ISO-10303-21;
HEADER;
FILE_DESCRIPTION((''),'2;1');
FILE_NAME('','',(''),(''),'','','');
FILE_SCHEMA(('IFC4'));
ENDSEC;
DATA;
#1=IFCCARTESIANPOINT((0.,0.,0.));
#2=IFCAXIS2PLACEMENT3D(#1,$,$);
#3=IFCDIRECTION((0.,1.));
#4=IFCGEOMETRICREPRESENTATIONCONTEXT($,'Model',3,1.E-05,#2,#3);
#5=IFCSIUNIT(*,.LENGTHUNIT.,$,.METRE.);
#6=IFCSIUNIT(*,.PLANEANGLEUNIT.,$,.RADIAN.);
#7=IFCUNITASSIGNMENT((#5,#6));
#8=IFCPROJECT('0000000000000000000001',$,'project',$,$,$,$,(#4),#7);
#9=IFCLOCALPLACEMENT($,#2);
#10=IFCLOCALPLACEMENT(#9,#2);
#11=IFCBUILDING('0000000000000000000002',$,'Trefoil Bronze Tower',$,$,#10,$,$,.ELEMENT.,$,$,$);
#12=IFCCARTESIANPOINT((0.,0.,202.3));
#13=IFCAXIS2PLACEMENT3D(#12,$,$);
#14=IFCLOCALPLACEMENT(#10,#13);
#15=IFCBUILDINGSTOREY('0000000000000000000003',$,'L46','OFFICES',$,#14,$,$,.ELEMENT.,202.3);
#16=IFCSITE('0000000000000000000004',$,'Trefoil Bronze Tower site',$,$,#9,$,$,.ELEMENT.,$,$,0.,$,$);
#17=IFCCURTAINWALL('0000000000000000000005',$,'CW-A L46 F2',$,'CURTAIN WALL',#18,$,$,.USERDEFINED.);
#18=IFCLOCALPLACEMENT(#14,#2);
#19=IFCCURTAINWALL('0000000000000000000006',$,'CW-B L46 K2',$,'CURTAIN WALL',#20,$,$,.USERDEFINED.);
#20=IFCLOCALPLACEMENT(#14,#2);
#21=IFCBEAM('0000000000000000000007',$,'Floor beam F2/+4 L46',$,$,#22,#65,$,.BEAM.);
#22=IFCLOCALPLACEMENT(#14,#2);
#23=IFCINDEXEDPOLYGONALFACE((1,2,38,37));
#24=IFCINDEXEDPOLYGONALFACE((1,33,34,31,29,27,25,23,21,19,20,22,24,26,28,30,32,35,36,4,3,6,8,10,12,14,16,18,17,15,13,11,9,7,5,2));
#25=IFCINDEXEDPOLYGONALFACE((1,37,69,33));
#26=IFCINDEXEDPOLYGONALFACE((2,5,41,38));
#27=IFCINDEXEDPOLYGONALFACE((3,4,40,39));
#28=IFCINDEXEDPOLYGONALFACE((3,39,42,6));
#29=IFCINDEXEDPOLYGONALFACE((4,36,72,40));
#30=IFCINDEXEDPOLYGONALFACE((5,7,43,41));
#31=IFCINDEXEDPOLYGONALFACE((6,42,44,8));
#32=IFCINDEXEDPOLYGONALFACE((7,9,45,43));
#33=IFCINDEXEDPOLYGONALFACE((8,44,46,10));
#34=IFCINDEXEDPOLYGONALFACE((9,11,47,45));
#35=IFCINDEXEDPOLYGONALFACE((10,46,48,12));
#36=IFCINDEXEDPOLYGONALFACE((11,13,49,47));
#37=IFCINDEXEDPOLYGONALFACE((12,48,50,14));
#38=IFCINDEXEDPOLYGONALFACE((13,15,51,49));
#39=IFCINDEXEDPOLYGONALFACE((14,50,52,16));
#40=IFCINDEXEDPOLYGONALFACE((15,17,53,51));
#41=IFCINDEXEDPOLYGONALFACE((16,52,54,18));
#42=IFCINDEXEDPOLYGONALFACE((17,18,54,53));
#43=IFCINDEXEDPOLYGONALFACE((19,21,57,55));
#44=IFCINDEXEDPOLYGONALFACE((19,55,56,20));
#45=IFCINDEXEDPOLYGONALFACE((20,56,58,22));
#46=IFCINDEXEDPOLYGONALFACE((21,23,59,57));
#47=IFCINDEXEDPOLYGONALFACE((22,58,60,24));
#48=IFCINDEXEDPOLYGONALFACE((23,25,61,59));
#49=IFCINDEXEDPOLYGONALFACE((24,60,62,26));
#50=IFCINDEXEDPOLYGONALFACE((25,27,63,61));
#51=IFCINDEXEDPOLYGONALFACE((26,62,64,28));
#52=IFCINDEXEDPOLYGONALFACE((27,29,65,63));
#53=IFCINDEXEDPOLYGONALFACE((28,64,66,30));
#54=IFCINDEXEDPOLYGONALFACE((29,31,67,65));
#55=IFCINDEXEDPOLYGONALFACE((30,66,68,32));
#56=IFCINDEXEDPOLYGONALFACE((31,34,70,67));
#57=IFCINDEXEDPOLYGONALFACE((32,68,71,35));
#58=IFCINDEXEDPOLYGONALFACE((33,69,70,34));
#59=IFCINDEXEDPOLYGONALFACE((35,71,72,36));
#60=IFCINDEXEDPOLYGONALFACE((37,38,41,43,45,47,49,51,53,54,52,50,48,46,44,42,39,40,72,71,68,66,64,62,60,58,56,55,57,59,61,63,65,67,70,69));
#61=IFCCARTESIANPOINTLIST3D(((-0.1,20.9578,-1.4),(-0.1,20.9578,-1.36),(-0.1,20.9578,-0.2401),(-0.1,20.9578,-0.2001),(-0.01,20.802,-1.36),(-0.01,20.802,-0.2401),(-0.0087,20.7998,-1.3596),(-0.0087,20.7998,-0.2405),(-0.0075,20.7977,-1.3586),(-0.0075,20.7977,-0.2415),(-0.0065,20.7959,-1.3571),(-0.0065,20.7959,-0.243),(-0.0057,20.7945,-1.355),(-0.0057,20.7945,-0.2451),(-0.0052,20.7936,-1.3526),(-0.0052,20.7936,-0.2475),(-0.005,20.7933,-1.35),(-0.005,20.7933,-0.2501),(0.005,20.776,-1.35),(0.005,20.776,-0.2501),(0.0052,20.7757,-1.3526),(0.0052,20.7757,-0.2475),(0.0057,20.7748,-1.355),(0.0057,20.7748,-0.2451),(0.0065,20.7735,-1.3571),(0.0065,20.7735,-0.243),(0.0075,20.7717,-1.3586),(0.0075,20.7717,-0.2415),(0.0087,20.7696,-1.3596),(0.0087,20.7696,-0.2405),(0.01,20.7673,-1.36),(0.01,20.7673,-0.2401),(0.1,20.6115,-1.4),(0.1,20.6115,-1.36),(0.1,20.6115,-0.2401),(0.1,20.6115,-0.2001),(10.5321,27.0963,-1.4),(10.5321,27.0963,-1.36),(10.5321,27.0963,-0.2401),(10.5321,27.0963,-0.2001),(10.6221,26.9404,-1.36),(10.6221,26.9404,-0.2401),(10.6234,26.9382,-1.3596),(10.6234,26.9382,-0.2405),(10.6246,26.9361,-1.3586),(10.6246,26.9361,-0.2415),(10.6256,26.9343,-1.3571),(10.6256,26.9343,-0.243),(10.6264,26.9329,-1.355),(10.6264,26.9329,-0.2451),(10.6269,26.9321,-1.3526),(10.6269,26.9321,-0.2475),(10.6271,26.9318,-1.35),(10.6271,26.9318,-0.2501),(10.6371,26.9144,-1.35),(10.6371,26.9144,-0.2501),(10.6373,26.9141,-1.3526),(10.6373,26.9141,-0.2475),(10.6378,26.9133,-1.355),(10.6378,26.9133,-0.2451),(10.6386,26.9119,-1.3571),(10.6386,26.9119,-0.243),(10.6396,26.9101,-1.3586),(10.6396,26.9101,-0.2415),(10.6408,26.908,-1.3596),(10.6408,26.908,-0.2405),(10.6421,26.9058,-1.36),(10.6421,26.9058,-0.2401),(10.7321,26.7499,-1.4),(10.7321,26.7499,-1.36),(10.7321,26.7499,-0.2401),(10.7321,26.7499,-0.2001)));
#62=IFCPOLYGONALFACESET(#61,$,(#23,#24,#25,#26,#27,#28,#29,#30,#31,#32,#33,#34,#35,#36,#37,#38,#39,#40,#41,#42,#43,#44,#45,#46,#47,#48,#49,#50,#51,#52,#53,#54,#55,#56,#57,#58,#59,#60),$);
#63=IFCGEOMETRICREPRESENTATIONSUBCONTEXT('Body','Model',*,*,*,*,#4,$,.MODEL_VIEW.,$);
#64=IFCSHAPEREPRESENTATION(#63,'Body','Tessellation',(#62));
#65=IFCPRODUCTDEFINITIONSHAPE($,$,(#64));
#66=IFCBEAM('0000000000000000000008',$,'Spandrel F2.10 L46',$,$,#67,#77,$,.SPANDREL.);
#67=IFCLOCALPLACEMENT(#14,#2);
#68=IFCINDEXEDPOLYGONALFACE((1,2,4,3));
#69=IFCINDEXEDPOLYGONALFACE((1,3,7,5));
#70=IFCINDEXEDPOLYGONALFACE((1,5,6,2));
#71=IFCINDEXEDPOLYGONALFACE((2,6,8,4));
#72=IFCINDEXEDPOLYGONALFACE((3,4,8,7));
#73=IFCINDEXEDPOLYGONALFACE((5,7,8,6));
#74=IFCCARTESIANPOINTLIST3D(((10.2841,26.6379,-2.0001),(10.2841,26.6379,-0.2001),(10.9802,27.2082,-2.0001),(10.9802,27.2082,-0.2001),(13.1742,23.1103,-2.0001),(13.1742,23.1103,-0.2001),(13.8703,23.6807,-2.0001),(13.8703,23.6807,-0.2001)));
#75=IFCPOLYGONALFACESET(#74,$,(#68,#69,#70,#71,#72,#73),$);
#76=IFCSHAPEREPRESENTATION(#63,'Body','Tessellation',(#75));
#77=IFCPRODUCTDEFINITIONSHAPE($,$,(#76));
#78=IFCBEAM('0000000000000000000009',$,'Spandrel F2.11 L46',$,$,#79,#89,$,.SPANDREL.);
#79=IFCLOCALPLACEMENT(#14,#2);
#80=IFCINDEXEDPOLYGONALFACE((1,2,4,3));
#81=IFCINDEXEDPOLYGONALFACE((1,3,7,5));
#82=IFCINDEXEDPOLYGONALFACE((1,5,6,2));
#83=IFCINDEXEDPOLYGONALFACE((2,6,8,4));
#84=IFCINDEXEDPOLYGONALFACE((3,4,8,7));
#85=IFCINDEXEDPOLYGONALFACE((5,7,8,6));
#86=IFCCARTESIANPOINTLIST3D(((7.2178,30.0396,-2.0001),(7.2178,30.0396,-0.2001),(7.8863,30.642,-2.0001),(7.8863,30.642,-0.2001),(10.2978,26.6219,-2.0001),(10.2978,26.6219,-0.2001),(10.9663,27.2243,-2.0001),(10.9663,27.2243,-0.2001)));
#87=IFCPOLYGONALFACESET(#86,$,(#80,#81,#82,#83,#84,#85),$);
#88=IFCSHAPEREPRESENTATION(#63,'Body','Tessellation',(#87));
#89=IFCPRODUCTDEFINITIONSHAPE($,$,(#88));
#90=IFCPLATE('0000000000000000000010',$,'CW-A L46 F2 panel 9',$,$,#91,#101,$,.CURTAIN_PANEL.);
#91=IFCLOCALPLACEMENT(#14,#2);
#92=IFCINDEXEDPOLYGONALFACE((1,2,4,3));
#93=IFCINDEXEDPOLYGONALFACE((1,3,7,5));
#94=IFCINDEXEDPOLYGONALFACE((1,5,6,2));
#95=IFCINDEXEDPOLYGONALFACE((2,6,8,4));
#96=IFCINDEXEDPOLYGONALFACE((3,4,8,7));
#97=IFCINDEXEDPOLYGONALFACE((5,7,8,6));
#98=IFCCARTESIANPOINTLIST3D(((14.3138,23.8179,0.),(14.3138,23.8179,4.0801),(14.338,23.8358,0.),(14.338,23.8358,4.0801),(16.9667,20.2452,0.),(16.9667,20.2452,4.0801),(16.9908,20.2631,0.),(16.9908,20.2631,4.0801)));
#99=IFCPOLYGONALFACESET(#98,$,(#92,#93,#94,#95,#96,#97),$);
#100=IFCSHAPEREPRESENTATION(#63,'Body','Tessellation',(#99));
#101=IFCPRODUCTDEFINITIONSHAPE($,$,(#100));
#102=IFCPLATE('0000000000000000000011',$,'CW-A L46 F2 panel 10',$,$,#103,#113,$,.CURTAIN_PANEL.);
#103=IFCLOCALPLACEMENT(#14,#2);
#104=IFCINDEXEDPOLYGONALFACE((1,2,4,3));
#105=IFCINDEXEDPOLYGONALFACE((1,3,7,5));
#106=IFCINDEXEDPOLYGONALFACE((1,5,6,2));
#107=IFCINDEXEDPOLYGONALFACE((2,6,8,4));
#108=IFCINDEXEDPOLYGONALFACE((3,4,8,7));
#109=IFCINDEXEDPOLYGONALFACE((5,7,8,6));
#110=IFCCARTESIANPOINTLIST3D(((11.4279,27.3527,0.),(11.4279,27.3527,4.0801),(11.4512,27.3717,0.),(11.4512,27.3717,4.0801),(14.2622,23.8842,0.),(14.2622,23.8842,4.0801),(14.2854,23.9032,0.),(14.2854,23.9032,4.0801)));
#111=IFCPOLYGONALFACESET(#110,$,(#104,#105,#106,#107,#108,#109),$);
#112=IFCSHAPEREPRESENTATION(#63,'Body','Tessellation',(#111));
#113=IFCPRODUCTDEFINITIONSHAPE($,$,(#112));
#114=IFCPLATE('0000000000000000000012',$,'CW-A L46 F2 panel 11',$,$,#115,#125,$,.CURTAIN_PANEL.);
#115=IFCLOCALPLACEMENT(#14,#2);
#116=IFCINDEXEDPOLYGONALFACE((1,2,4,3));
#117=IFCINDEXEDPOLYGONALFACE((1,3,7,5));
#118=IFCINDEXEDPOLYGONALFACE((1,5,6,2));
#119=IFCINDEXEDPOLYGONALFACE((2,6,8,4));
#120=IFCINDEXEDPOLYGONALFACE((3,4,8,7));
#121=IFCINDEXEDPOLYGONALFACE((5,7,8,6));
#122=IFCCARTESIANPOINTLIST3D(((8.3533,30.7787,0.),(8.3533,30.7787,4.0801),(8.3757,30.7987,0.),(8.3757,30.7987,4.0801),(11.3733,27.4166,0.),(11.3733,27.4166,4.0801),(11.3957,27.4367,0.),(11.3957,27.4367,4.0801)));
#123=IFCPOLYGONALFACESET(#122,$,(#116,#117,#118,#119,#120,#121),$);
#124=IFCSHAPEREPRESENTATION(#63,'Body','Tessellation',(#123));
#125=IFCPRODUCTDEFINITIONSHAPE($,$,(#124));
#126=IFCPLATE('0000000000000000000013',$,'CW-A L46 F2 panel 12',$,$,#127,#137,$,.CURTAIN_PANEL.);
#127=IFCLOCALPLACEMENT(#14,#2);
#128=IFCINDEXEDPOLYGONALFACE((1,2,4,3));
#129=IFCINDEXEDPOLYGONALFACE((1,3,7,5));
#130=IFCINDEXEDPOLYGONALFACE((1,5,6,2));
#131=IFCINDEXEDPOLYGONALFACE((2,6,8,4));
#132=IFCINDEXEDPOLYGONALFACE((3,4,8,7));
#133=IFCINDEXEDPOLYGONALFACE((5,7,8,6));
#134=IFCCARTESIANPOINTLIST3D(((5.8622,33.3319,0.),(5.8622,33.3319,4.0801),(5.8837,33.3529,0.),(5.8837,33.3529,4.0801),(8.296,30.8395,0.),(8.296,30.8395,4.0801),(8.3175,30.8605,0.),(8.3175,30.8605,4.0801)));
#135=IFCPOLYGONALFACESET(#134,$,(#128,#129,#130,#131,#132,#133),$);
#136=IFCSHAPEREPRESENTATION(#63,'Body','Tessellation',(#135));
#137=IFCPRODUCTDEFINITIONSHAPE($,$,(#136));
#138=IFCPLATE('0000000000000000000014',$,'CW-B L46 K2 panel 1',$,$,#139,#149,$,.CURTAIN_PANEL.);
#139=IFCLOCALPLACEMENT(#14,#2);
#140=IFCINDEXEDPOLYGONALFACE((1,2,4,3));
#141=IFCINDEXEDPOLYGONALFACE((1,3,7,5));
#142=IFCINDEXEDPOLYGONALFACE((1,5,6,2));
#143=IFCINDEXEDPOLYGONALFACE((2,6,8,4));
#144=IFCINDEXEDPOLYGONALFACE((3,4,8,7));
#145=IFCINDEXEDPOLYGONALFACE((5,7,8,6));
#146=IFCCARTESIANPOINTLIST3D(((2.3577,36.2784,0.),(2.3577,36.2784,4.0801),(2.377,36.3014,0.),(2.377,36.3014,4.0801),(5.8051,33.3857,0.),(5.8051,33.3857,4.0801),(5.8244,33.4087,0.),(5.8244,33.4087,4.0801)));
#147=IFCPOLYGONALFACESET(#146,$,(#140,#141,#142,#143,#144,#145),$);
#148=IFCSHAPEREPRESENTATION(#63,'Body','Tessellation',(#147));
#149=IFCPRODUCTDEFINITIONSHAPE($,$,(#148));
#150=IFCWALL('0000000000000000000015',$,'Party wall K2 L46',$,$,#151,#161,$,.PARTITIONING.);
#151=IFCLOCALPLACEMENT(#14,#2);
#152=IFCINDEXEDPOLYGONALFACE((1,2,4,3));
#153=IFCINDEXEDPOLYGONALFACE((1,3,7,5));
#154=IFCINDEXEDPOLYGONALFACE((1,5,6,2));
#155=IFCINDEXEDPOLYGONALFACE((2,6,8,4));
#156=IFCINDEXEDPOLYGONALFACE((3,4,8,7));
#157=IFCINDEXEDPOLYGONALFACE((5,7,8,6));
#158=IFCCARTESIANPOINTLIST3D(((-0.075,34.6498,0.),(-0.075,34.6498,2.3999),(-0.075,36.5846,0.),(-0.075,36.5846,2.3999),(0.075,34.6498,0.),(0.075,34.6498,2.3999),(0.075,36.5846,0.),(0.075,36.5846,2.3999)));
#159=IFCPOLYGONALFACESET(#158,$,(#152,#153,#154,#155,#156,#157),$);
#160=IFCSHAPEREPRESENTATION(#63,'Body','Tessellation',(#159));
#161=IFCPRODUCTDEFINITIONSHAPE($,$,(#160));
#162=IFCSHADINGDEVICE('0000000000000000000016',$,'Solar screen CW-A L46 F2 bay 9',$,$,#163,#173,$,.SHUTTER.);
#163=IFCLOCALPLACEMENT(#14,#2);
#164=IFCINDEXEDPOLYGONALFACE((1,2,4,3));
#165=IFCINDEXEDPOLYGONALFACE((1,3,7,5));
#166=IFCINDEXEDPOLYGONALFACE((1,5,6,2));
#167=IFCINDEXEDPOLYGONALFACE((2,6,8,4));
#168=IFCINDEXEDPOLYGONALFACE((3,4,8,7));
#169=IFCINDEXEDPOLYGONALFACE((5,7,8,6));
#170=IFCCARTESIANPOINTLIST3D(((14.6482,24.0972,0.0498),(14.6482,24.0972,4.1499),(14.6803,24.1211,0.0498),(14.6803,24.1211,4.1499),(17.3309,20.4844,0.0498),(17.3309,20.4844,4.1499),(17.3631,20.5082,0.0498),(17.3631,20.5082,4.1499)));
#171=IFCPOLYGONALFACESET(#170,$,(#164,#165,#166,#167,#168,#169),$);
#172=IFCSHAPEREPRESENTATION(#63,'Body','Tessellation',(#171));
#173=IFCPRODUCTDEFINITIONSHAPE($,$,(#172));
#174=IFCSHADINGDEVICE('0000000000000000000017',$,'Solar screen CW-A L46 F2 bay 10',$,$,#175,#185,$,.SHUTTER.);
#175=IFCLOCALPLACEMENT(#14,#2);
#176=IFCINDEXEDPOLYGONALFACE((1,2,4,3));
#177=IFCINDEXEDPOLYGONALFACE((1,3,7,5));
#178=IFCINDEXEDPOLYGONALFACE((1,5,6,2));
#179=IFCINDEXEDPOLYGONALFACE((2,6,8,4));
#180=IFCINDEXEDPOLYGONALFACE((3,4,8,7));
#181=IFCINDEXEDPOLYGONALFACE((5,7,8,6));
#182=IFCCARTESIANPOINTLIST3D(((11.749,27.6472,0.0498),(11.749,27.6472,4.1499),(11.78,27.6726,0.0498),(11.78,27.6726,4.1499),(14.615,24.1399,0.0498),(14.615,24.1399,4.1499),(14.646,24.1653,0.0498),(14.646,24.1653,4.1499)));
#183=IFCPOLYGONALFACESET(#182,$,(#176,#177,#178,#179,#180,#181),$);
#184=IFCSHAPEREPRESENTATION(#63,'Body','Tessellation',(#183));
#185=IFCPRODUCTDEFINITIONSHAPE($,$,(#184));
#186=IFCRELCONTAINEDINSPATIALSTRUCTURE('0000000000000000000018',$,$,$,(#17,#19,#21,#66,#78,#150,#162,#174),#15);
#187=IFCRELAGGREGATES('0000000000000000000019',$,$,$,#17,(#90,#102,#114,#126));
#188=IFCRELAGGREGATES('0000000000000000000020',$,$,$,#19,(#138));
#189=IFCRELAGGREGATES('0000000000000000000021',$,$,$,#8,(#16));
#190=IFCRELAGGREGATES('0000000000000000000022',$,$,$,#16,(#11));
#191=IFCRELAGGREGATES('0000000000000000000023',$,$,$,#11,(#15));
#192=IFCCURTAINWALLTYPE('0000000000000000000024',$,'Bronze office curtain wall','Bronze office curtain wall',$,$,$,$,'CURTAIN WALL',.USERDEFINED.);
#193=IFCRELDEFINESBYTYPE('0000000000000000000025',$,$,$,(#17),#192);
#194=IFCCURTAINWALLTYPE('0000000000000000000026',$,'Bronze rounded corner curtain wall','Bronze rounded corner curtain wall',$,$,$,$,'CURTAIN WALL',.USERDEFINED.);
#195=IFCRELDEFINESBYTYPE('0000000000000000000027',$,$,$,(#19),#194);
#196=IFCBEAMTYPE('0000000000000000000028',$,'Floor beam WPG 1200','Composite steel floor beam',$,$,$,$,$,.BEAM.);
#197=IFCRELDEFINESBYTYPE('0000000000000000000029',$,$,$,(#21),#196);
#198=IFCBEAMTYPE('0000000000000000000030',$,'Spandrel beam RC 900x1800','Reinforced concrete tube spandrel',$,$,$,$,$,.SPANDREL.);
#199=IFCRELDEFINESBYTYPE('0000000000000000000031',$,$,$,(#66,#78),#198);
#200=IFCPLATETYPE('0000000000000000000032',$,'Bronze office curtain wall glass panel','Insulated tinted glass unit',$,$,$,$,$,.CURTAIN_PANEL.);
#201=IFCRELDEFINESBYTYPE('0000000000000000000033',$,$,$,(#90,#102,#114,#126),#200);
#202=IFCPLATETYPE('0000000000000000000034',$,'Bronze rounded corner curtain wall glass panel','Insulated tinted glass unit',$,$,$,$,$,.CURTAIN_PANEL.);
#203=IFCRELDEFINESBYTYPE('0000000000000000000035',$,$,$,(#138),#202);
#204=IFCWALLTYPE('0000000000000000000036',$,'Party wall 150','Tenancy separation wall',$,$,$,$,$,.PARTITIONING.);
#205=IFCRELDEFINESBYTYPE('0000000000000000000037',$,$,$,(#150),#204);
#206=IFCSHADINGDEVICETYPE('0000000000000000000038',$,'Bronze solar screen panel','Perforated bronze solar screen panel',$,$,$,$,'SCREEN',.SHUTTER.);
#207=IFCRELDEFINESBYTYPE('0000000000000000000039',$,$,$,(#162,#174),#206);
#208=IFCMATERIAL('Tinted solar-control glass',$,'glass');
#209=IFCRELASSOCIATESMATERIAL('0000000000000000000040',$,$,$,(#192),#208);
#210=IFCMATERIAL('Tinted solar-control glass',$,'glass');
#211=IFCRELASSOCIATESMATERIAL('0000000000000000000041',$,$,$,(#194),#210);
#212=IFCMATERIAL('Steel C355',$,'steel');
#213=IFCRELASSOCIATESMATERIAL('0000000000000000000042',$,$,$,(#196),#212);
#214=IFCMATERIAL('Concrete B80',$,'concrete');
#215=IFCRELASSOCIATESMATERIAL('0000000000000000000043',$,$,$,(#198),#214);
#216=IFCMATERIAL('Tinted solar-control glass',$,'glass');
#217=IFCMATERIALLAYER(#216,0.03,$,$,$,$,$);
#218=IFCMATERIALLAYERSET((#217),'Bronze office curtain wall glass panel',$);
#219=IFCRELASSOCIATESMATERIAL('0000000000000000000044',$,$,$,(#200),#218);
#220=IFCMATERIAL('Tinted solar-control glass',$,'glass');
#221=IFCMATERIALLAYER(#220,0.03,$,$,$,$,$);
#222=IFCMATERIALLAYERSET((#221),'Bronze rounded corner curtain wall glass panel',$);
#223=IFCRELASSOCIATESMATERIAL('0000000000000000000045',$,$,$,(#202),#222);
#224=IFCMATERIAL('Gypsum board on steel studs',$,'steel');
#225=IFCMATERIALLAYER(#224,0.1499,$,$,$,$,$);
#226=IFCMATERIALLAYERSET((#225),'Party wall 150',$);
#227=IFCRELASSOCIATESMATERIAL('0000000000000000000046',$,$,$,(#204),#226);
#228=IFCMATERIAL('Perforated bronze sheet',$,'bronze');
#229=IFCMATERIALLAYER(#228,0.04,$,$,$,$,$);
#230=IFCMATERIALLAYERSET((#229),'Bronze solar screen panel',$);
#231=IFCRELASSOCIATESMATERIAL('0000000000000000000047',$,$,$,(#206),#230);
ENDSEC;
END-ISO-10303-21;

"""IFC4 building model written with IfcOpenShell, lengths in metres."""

from ifc_helpers import new_model, si_unit, direction, frame, frame_2d, origin, origin_2d, place, context, subcontext, project, spatial, rectangle, i_section, extrude, material, layer, layer_set, material_profile, profile_set, type_object, element, aggregate, save


model = new_model("IFC4")

# Units and contexts
model_context = context("Model", 3, precision=1e-05, world=origin(), true_north=direction((0.0, 1.0)))
body_context = subcontext(model_context, "Body", "Model", "MODEL_VIEW")
ifc_project = project(units=[si_unit("LENGTHUNIT", "METRE"), si_unit("PLANEANGLEUNIT", "RADIAN")], contexts=[model_context])

# Site, building, storey
site_placement = place(None, origin())
site = spatial("IfcSite", under=ifc_project, at=site_placement, Name="Trefoil Bronze Tower site", CompositionType="ELEMENT", RefElevation=0.0)
building_placement = place(site_placement, origin())
building = spatial("IfcBuilding", under=site, at=building_placement, Name="Trefoil Bronze Tower", CompositionType="ELEMENT")
storey_placement = place(building_placement, frame((0.0, 0.0, 202.3)))
storey = spatial("IfcBuildingStorey", under=building, at=storey_placement, Name="L46", Description="OFFICES", CompositionType="ELEMENT", Elevation=202.3)

# Curtain walls
ifc_material_1 = material(Name="Tinted solar-control glass", Category="glass")
curtain_wall_type_1 = type_object("IfcCurtainWallType", Name="Bronze office curtain wall", Description="Bronze office curtain wall", ElementType="CURTAIN WALL", PredefinedType="USERDEFINED", material=ifc_material_1)
curtain_wall_1_placement = place(storey_placement, origin())
curtain_wall_1 = element("IfcCurtainWall", 1, at=curtain_wall_1_placement, inside=storey, type_object=curtain_wall_type_1, Name="CW-A L46 F2", ObjectType="CURTAIN WALL", PredefinedType="USERDEFINED")
ifc_material_2 = material(Name="Tinted solar-control glass", Category="glass")
curtain_wall_type_2 = type_object("IfcCurtainWallType", Name="Bronze rounded corner curtain wall", Description="Bronze rounded corner curtain wall", ElementType="CURTAIN WALL", PredefinedType="USERDEFINED", material=ifc_material_2)
curtain_wall_2_placement = place(storey_placement, origin())
curtain_wall_2 = element("IfcCurtainWall", 2, at=curtain_wall_2_placement, inside=storey, type_object=curtain_wall_type_2, Name="CW-B L46 K2", ObjectType="CURTAIN WALL", PredefinedType="USERDEFINED")

# Beams
ifc_material_3 = material(Name="Steel C355", Category="steel")
ifc_material_profile_1 = material_profile(ifc_material_3, i_section(OverallWidth=0.3999, OverallDepth=1.2, WebThickness=0.02, FlangeThickness=0.04, FilletRadius=0.01, at=origin_2d()), Name="WPG 1200")
ifc_profile_set_1 = profile_set([ifc_material_profile_1], Name="Steel C355")
beam_type_1 = type_object("IfcBeamType", Name="Floor beam WPG 1200", Description="Composite steel floor beam", PredefinedType="BEAM", material=ifc_profile_set_1)
beam_1_placement = place(storey_placement, frame((10.6321, 26.9231, -0.8), z_axis=(-0.866026, -0.5, 0.0), x_axis=(0.5, -0.866026, 0.0)))
element("IfcBeam", 3, at=beam_1_placement, inside=storey, type_object=beam_type_1, Name="Floor beam F2/+4 L46", PredefinedType="BEAM", context=body_context, shape_type="SweptSolid", body=[
    extrude(i_section(OverallWidth=0.3999, OverallDepth=1.2, WebThickness=0.02, FlangeThickness=0.04, FilletRadius=0.01, at=origin_2d()), origin(), (0.0, 0.0, 1.0), 12.2769),
])
ifc_material_4 = material(Name="Concrete B80", Category="concrete")
ifc_material_profile_2 = material_profile(ifc_material_4, rectangle(XDim=0.8999, YDim=1.8, at=origin_2d()), Name="RC 900x1800")
ifc_profile_set_2 = profile_set([ifc_material_profile_2], Name="Concrete B80")
beam_type_2 = type_object("IfcBeamType", Name="Spandrel beam RC 900x1800", Description="Reinforced concrete tube spandrel", PredefinedType="SPANDREL", material=ifc_profile_set_2)
beam_2_placement = place(storey_placement, frame((13.5222, 23.3955, -1.1001), z_axis=(-0.633754, 0.773535, 0.0), x_axis=(-0.773535, -0.633754, 0.0)))
element("IfcBeam", 4, at=beam_2_placement, inside=storey, type_object=beam_type_2, Name="Spandrel F2.10 L46", PredefinedType="SPANDREL", context=body_context, shape_type="SweptSolid", body=[
    extrude(rectangle(XDim=0.8999, YDim=1.8, at=origin_2d()), origin(), (0.0, 0.0, 1.0), 4.5603),
])
beam_3_placement = place(storey_placement, frame((10.6321, 26.9231, -1.1001), z_axis=(-0.66946, 0.742848, 0.0), x_axis=(-0.742848, -0.66946, 0.0)))
element("IfcBeam", 5, at=beam_3_placement, inside=storey, type_object=beam_type_2, Name="Spandrel F2.11 L46", PredefinedType="SPANDREL", context=body_context, shape_type="SweptSolid", body=[
    extrude(rectangle(XDim=0.8999, YDim=1.8, at=origin_2d()), origin(), (0.0, 0.0, 1.0), 4.6008),
])

# Plates
ifc_material_5 = material(Name="Tinted solar-control glass", Category="glass")
ifc_layer_1 = layer(ifc_material_5, 0.03)
ifc_layer_set_1 = layer_set([ifc_layer_1], Name="Bronze office curtain wall glass panel")
plate_type_1 = type_object("IfcPlateType", Name="Bronze office curtain wall glass panel", Description="Insulated tinted glass unit", PredefinedType="CURTAIN_PANEL", material=ifc_layer_set_1)
plate_1_placement = place(storey_placement, frame((15.6523, 22.0405, 0.0), z_axis=(0.0, 0.0, 1.0), x_axis=(-0.596162, 0.802865, 0.0)))
plate_1 = element("IfcPlate", 6, at=plate_1_placement, type_object=plate_type_1, Name="CW-A L46 F2 panel 9", PredefinedType="CURTAIN_PANEL", context=body_context, shape_type="SweptSolid", body=[
    extrude(rectangle(XDim=4.45, YDim=0.03, at=origin_2d()), origin(), (0.0, 0.0, 1.0), 4.0801),
])
plate_2_placement = place(storey_placement, frame((12.8567, 25.6279, 0.0), z_axis=(0.0, 0.0, 1.0), x_axis=(-0.632753, 0.774354, 0.0)))
plate_2 = element("IfcPlate", 7, at=plate_2_placement, type_object=plate_type_1, Name="CW-A L46 F2 panel 10", PredefinedType="CURTAIN_PANEL", context=body_context, shape_type="SweptSolid", body=[
    extrude(rectangle(XDim=4.4792, YDim=0.03, at=origin_2d()), origin(), (0.0, 0.0, 1.0), 4.0801),
])
plate_3_placement = place(storey_placement, frame((9.8745, 29.1077, 0.0), z_axis=(0.0, 0.0, 1.0), x_axis=(-0.668246, 0.743941, 0.0)))
plate_3 = element("IfcPlate", 8, at=plate_3_placement, type_object=plate_type_1, Name="CW-A L46 F2 panel 11", PredefinedType="CURTAIN_PANEL", context=body_context, shape_type="SweptSolid", body=[
    extrude(rectangle(XDim=4.5193, YDim=0.03, at=origin_2d()), origin(), (0.0, 0.0, 1.0), 4.0801),
])
plate_4_placement = place(storey_placement, frame((7.0898, 32.0962, 0.0), z_axis=(0.0, 0.0, 1.0), x_axis=(-0.698652, 0.715462, 0.0)))
plate_4 = element("IfcPlate", 9, at=plate_4_placement, type_object=plate_type_1, Name="CW-A L46 F2 panel 12", PredefinedType="CURTAIN_PANEL", context=body_context, shape_type="SweptSolid", body=[
    extrude(rectangle(XDim=3.4836, YDim=0.03, at=origin_2d()), origin(), (0.0, 0.0, 1.0), 4.0801),
])
aggregate(curtain_wall_1, [plate_1, plate_2, plate_3, plate_4])
ifc_material_6 = material(Name="Tinted solar-control glass", Category="glass")
ifc_layer_2 = layer(ifc_material_6, 0.03)
ifc_layer_set_2 = layer_set([ifc_layer_2], Name="Bronze rounded corner curtain wall glass panel")
plate_type_2 = type_object("IfcPlateType", Name="Bronze rounded corner curtain wall glass panel", Description="Insulated tinted glass unit", PredefinedType="CURTAIN_PANEL", material=ifc_layer_set_2)
plate_5_placement = place(storey_placement, frame((4.0911, 34.8435, 0.0), z_axis=(0.0, 0.0, 1.0), x_axis=(-0.766044, 0.642788, 0.0)))
plate_5 = element("IfcPlate", 10, at=plate_5_placement, type_object=plate_type_2, Name="CW-B L46 K2 panel 1", PredefinedType="CURTAIN_PANEL", context=body_context, shape_type="SweptSolid", body=[
    extrude(rectangle(XDim=4.5002, YDim=0.03, at=origin_2d()), origin(), (0.0, 0.0, 1.0), 4.0801),
])
aggregate(curtain_wall_2, [plate_5])

# Wall
ifc_material_7 = material(Name="Gypsum board on steel studs", Category="steel")
ifc_layer_3 = layer(ifc_material_7, 0.1499)
ifc_layer_set_3 = layer_set([ifc_layer_3], Name="Party wall 150")
wall_type = type_object("IfcWallType", Name="Party wall 150", Description="Tenancy separation wall", PredefinedType="PARTITIONING", material=ifc_layer_set_3)
wall_placement = place(storey_placement, frame((0.0, 34.6499, 0.0), z_axis=(0.0, 0.0, 1.0), x_axis=(0.0, 1.0, 0.0)))
element("IfcWall", 11, at=wall_placement, inside=storey, type_object=wall_type, Name="Party wall K2 L46", PredefinedType="PARTITIONING", context=body_context, shape_type="SweptSolid", body=[
    extrude(rectangle(XDim=1.9348, YDim=0.1499, at=frame_2d((0.9673, 0.0))), origin(), (0.0, 0.0, 1.0), 2.3999),
])

# Shading devices
ifc_material_8 = material(Name="Perforated bronze sheet", Category="bronze")
ifc_layer_4 = layer(ifc_material_8, 0.04)
ifc_layer_set_4 = layer_set([ifc_layer_4], Name="Bronze solar screen panel")
shading_device_type = type_object("IfcShadingDeviceType", Name="Bronze solar screen panel", Description="Perforated bronze solar screen panel", ElementType="SCREEN", PredefinedType="SHUTTER", material=ifc_layer_set_4)
shading_device_1_placement = place(storey_placement, frame((16.0056, 22.3027, 0.0498), z_axis=(0.0, 0.0, 1.0), x_axis=(-0.596162, 0.802865, 0.0)))
element("IfcShadingDevice", 12, at=shading_device_1_placement, inside=storey, type_object=shading_device_type, Name="Solar screen CW-A L46 F2 bay 9", PredefinedType="SHUTTER", context=body_context, shape_type="SweptSolid", body=[
    extrude(rectangle(XDim=4.5, YDim=0.04, at=origin_2d()), origin(), (0.0, 0.0, 1.0), 4.1001),
])
shading_device_2_placement = place(storey_placement, frame((13.1975, 25.9062, 0.0498), z_axis=(0.0, 0.0, 1.0), x_axis=(-0.632753, 0.774354, 0.0)))
element("IfcShadingDevice", 13, at=shading_device_2_placement, inside=storey, type_object=shading_device_type, Name="Solar screen CW-A L46 F2 bay 10", PredefinedType="SHUTTER", context=body_context, shape_type="SweptSolid", body=[
    extrude(rectangle(XDim=4.5293, YDim=0.04, at=origin_2d()), origin(), (0.0, 0.0, 1.0), 4.1001),
])

save(model, "model.ifc")
